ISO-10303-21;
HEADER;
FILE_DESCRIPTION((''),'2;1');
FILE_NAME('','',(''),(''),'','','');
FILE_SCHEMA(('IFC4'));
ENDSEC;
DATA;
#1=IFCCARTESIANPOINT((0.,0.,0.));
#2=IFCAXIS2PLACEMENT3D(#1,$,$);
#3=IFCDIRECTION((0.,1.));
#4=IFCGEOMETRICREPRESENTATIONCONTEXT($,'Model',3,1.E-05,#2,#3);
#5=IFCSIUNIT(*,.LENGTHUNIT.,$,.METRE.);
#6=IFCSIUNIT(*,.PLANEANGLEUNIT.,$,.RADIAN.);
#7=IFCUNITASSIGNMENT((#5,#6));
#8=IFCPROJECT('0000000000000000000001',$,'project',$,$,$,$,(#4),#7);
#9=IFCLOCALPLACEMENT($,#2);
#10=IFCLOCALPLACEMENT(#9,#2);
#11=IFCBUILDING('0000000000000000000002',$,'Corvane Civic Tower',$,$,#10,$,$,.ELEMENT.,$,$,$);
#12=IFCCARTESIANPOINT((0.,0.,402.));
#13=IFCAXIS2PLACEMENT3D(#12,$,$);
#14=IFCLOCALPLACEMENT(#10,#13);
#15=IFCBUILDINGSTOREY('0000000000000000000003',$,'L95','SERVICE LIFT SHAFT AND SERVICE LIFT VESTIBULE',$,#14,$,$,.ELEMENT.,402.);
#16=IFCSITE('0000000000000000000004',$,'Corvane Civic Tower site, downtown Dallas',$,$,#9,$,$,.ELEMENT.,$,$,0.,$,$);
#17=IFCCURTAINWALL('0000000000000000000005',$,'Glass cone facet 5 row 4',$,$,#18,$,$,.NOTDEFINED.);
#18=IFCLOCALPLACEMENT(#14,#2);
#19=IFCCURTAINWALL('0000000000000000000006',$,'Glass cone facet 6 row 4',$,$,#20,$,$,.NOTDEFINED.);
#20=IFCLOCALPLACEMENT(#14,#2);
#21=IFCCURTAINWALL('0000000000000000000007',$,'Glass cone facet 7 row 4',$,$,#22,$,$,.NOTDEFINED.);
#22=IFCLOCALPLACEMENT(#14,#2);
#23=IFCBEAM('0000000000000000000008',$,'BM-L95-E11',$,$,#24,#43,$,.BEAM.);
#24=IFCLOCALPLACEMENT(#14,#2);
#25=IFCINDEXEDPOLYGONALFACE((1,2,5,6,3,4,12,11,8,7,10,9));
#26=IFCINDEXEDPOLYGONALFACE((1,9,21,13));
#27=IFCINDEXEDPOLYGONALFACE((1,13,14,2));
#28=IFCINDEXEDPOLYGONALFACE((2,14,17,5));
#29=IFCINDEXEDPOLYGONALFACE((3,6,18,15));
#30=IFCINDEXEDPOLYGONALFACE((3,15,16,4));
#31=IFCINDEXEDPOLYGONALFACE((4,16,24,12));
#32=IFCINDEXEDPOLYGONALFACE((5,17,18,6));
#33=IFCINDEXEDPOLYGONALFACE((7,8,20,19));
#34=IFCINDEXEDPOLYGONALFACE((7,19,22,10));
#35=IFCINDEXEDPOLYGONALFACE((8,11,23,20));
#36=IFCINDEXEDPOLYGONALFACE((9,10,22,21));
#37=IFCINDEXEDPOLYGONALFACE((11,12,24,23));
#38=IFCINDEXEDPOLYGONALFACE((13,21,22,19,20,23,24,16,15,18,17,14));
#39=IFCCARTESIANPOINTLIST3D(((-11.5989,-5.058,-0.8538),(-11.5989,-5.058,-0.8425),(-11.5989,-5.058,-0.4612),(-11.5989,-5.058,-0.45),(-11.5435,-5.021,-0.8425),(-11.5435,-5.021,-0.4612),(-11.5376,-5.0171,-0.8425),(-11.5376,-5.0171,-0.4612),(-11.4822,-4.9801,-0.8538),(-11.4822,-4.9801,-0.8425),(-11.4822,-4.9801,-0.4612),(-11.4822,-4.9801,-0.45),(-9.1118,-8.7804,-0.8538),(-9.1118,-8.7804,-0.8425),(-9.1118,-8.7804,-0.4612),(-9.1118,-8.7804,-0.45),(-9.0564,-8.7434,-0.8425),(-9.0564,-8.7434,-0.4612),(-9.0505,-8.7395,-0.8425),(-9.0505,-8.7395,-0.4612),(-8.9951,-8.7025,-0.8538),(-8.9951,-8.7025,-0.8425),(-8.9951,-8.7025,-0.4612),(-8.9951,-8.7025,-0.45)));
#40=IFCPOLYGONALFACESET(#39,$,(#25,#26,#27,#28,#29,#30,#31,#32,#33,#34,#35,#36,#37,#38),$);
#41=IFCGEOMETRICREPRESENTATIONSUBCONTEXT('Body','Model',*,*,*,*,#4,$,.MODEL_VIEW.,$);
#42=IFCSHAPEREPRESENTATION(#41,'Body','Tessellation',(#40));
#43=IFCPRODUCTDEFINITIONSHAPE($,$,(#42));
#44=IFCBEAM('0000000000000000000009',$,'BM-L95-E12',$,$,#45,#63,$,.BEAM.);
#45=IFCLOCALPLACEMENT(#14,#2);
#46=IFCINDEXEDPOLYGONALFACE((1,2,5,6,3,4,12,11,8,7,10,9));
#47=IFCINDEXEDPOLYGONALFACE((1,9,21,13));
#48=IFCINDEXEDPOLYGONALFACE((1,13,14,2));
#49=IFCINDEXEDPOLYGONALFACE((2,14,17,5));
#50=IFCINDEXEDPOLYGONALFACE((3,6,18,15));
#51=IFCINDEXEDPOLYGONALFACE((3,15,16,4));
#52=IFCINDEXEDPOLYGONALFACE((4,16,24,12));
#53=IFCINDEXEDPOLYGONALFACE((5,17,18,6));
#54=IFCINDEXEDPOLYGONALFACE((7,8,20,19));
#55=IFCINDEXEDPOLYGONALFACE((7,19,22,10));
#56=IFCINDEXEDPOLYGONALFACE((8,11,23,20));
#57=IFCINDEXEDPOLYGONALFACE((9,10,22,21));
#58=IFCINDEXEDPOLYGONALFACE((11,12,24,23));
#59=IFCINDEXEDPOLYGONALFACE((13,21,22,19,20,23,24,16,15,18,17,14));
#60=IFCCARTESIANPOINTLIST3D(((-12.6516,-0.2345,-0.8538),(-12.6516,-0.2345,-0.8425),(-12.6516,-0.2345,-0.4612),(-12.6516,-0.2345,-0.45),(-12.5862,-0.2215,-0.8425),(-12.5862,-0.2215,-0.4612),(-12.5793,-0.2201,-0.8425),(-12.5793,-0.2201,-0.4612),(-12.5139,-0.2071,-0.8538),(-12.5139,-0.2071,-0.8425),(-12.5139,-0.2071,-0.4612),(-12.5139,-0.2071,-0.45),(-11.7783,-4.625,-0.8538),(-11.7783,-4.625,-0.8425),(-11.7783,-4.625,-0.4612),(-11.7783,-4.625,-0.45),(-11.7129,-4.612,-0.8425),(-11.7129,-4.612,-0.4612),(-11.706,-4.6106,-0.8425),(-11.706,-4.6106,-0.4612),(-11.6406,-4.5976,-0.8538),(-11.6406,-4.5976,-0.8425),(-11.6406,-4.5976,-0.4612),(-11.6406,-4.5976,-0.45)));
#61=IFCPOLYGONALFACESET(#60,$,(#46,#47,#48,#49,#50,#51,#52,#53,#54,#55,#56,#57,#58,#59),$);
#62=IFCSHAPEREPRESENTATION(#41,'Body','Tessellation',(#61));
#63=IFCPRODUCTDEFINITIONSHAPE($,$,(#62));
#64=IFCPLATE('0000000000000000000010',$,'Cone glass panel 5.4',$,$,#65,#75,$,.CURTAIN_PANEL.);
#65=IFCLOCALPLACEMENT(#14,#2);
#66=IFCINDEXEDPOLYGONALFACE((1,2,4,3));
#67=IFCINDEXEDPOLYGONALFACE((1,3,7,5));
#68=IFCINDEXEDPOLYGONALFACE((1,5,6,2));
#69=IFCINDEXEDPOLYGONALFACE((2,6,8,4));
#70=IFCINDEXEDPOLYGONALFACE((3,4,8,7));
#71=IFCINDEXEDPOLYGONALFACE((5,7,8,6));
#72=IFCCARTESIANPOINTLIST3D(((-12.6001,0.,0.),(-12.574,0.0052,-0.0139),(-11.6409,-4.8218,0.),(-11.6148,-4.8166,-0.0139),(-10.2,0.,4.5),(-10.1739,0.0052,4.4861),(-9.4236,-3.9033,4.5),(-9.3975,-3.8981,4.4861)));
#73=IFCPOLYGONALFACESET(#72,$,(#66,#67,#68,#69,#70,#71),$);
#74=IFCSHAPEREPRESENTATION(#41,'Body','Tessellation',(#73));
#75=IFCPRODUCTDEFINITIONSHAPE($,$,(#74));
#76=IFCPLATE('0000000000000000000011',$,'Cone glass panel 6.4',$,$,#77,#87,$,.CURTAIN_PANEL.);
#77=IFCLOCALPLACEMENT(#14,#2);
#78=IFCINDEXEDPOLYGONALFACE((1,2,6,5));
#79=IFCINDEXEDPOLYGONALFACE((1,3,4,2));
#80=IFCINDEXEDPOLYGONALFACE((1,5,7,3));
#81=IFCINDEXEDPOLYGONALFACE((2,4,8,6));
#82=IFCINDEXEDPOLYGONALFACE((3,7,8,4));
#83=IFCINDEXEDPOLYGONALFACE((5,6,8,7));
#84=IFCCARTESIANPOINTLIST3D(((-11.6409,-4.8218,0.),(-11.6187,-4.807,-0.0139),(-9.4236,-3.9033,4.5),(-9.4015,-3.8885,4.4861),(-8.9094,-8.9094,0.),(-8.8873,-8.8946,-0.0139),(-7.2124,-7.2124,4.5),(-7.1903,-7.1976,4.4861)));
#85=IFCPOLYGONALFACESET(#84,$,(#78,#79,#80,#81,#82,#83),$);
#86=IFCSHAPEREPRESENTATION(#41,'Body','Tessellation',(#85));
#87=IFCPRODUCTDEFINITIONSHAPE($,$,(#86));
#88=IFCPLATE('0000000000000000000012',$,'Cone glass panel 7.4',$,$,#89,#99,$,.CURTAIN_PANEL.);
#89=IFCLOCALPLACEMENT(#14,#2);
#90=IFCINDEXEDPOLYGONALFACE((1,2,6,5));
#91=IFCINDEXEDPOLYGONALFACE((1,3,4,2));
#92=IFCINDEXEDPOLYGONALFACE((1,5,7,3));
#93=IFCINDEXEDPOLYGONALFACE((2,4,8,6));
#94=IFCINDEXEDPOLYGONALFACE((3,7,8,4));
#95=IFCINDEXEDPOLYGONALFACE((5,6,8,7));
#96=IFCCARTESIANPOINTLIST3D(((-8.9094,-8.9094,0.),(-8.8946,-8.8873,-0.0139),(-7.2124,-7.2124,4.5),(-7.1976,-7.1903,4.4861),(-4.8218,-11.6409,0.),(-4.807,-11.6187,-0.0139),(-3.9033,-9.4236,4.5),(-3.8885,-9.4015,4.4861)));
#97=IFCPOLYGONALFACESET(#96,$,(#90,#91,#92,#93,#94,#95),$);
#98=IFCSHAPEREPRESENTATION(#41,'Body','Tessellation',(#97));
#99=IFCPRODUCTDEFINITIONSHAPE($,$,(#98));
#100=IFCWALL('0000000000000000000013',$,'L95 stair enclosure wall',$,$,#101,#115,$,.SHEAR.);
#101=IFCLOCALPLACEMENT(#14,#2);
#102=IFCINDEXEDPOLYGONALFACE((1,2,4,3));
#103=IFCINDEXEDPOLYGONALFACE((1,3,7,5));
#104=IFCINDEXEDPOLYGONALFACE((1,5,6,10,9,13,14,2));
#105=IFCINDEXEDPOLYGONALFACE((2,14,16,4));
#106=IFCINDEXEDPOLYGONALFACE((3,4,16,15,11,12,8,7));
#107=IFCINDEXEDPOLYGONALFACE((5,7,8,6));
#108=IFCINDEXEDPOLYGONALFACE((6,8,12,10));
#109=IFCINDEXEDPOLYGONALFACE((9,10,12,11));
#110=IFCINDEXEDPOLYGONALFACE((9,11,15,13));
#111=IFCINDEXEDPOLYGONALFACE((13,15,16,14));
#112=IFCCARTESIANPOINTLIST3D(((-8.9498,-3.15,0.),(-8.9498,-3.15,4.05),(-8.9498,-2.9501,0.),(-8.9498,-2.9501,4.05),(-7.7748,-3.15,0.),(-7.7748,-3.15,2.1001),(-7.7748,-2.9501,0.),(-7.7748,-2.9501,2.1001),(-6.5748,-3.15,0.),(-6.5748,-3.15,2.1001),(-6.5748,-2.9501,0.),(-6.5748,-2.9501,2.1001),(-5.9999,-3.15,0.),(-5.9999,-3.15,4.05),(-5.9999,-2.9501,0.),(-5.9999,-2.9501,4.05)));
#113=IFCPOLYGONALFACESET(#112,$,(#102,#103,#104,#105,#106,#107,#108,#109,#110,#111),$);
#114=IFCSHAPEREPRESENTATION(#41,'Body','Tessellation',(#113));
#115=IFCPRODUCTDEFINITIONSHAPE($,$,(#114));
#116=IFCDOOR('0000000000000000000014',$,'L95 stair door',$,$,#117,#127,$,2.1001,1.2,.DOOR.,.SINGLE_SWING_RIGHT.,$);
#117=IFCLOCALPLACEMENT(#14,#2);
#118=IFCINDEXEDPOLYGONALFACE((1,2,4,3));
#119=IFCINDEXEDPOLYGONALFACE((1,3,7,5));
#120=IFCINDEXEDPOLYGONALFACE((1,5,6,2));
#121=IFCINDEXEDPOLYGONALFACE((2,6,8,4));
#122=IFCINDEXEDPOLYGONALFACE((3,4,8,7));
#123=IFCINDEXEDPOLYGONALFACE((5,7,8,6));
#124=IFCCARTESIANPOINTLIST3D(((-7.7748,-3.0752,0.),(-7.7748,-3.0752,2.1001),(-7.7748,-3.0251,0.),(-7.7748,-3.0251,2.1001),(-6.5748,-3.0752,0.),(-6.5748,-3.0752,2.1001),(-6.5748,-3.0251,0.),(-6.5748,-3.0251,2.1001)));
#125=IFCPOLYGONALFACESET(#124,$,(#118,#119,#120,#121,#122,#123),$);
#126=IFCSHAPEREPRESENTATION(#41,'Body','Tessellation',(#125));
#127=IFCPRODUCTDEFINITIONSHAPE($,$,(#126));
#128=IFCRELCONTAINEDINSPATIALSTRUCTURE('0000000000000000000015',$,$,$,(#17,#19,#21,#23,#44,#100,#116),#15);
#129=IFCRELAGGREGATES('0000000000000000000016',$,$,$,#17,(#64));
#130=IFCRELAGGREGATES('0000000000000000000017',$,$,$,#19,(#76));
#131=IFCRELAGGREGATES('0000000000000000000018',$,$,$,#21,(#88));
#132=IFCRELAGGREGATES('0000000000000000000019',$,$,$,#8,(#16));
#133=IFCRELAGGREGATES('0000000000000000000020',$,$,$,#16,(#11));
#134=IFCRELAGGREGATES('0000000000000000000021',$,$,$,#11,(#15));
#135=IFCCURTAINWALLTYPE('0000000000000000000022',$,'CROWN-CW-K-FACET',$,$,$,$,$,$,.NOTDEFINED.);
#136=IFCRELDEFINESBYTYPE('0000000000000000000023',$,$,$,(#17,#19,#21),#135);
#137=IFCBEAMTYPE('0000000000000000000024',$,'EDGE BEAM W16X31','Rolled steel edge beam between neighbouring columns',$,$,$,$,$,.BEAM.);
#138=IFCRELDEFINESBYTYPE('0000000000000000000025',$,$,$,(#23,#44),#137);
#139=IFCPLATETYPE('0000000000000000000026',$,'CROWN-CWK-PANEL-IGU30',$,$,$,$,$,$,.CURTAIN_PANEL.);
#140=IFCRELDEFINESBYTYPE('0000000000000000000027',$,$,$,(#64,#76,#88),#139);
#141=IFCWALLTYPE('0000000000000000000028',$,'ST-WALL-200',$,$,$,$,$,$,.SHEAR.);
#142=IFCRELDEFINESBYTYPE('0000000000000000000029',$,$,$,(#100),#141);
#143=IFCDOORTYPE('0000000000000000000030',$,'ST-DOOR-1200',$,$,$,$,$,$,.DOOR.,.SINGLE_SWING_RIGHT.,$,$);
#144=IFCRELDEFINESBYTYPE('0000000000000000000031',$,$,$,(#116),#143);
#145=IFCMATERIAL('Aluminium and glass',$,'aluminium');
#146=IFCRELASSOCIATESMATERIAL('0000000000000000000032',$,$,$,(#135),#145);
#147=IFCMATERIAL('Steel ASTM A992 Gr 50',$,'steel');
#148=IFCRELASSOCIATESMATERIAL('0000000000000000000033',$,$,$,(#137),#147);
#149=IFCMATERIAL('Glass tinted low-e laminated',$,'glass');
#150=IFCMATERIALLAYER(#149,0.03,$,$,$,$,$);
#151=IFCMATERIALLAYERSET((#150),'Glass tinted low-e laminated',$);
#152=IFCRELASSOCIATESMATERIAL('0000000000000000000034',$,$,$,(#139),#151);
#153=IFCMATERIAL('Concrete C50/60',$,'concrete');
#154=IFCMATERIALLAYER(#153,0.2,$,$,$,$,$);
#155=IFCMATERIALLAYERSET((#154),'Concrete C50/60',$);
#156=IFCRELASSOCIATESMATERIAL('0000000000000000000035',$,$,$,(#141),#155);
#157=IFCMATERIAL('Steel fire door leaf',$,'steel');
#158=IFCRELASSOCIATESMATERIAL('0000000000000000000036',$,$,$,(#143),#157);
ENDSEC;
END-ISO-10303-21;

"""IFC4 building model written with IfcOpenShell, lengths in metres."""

from ifc_helpers import new_model, si_unit, direction, frame, frame_2d, origin, origin_2d, place, context, subcontext, project, spatial, polyline, rectangle, i_section, outline, extrude, material, layer, layer_set, material_profile, profile_set, type_object, element, fill, aggregate, save


model = new_model("IFC4")

# Units and contexts
model_context = context("Model", 3, precision=1e-05, world=origin(), true_north=direction((0.0, 1.0)))
body_context = subcontext(model_context, "Body", "Model", "MODEL_VIEW")
ifc_project = project(units=[si_unit("LENGTHUNIT", "METRE"), si_unit("PLANEANGLEUNIT", "RADIAN")], contexts=[model_context])

# Site, building, storey
site_placement = place(None, origin())
site = spatial("IfcSite", under=ifc_project, at=site_placement, Name="Corvane Civic Tower site, downtown Dallas", CompositionType="ELEMENT", RefElevation=0.0)
building_placement = place(site_placement, origin())
building = spatial("IfcBuilding", under=site, at=building_placement, Name="Corvane Civic Tower", CompositionType="ELEMENT")
storey_placement = place(building_placement, frame((0.0, 0.0, 402.0)))
storey = spatial("IfcBuildingStorey", under=building, at=storey_placement, Name="L95", Description="SERVICE LIFT SHAFT AND SERVICE LIFT VESTIBULE", CompositionType="ELEMENT", Elevation=402.0)

# Curtain walls
ifc_material_1 = material(Name="Aluminium and glass", Category="aluminium")
curtain_wall_type = type_object("IfcCurtainWallType", Name="CROWN-CW-K-FACET", PredefinedType="NOTDEFINED", material=ifc_material_1)
curtain_wall_1_placement = place(storey_placement, origin())
curtain_wall_1 = element("IfcCurtainWall", 1, at=curtain_wall_1_placement, inside=storey, type_object=curtain_wall_type, Name="Glass cone facet 5 row 4", PredefinedType="NOTDEFINED")
curtain_wall_2_placement = place(storey_placement, origin())
curtain_wall_2 = element("IfcCurtainWall", 2, at=curtain_wall_2_placement, inside=storey, type_object=curtain_wall_type, Name="Glass cone facet 6 row 4", PredefinedType="NOTDEFINED")

# Curtain wall
curtain_wall_3_placement = place(storey_placement, origin())
curtain_wall_3 = element("IfcCurtainWall", 3, at=curtain_wall_3_placement, inside=storey, type_object=curtain_wall_type, Name="Glass cone facet 7 row 4", PredefinedType="NOTDEFINED")

# Beams
ifc_material_2 = material(Name="Steel ASTM A992 Gr 50", Category="steel")
ifc_material_profile_1 = material_profile(ifc_material_2, i_section(OverallWidth=0.1404, OverallDepth=0.4038, WebThickness=0.0071, FlangeThickness=0.0112, at=origin_2d()), Name="W16X31")
ifc_profile_set_1 = profile_set([ifc_material_profile_1], Name="Steel ASTM A992 Gr 50")
beam_type = type_object("IfcBeamType", Name="EDGE BEAM W16X31", Description="Rolled steel edge beam between neighbouring columns", PredefinedType="BEAM", material=ifc_profile_set_1)
beam_1_placement = place(storey_placement, frame((-9.0535, -8.7415, -0.6519), z_axis=(-0.555543, 0.831488, 0.0), x_axis=(-0.831488, -0.555543, 0.0)))
element("IfcBeam", 4, at=beam_1_placement, inside=storey, type_object=beam_type, Name="BM-L95-E11", PredefinedType="BEAM", context=body_context, shape_type="SweptSolid", body=[
    extrude(i_section(OverallWidth=0.1404, OverallDepth=0.4038, WebThickness=0.0071, FlangeThickness=0.0112, at=origin_2d()), origin(), (0.0, 0.0, 1.0), 4.4768),
])
beam_2_placement = place(storey_placement, frame((-11.7095, -4.6113, -0.6519), z_axis=(-0.195078, 0.980788, 0.0), x_axis=(-0.980788, -0.195078, 0.0)))
element("IfcBeam", 5, at=beam_2_placement, inside=storey, type_object=beam_type, Name="BM-L95-E12", PredefinedType="BEAM", context=body_context, shape_type="SweptSolid", body=[
    extrude(i_section(OverallWidth=0.1404, OverallDepth=0.4038, WebThickness=0.0071, FlangeThickness=0.0112, at=origin_2d()), origin(), (0.0, 0.0, 1.0), 4.4766),
])

# Plates
ifc_material_3 = material(Name="Glass tinted low-e laminated", Category="glass")
ifc_layer_1 = layer(ifc_material_3, 0.03)
ifc_layer_set_1 = layer_set([ifc_layer_1], Name="Glass tinted low-e laminated")
plate_type = type_object("IfcPlateType", Name="CROWN-CWK-PANEL-IGU30", PredefinedType="CURTAIN_PANEL", material=ifc_layer_set_1)
plate_1_placement = place(storey_placement, frame((-12.6001, 0.0, 0.0), z_axis=(-0.869063, -0.172874, 0.463513), x_axis=(0.195101, -0.980783, 0.000007)))
plate_1 = element("IfcPlate", 6, at=plate_1_placement, type_object=plate_type, Name="Cone glass panel 5.4", PredefinedType="CURTAIN_PANEL", context=body_context, shape_type="SweptSolid", body=[
    extrude(outline(polyline([(0.0, 0.0), (4.9163, 0.0), (4.4481, 5.0785), (0.4683, 5.0785), (0.0, 0.0)])), origin(), (0.0, 0.0, -1.0), 0.03),
])
aggregate(curtain_wall_1, [plate_1])
plate_2_placement = place(storey_placement, frame((-11.6409, -4.8218, 0.0), z_axis=(-0.73675, -0.492309, 0.463499), x_axis=(0.555593, -0.831454, 0.0)))
plate_2 = element("IfcPlate", 7, at=plate_2_placement, type_object=plate_type, Name="Cone glass panel 6.4", PredefinedType="CURTAIN_PANEL", context=body_context, shape_type="SweptSolid", body=[
    extrude(outline(polyline([(0.0, 0.0), (4.9163, 0.0), (4.4481, 5.0784), (0.4683, 5.0784), (0.0, 0.0)])), origin(), (0.0, 0.0, -1.0), 0.03),
])
aggregate(curtain_wall_2, [plate_2])
plate_3_placement = place(storey_placement, frame((-8.9094, -8.9094, 0.0), z_axis=(-0.492309, -0.73675, 0.463499), x_axis=(0.831454, -0.555593, 0.0)))
plate_3 = element("IfcPlate", 8, at=plate_3_placement, type_object=plate_type, Name="Cone glass panel 7.4", PredefinedType="CURTAIN_PANEL", context=body_context, shape_type="SweptSolid", body=[
    extrude(outline(polyline([(0.0, 0.0), (4.9163, 0.0), (4.448, 5.0784), (0.4681, 5.0784), (0.0, 0.0)])), origin(), (0.0, 0.0, -1.0), 0.03),
])
aggregate(curtain_wall_3, [plate_3])

# Wall, opening, door
ifc_material_4 = material(Name="Concrete C50/60", Category="concrete")
ifc_layer_2 = layer(ifc_material_4, 0.2)
ifc_layer_set_2 = layer_set([ifc_layer_2], Name="Concrete C50/60")
wall_type = type_object("IfcWallType", Name="ST-WALL-200", PredefinedType="SHEAR", material=ifc_layer_set_2)
wall_placement = place(storey_placement, frame((-8.95, -3.05, 0.0), z_axis=(0.0, 0.0, 1.0), x_axis=(1.0, 0.0, 0.0)))
wall = element("IfcWall", 9, at=wall_placement, inside=storey, type_object=wall_type, Name="L95 stair enclosure wall", PredefinedType="SHEAR", context=body_context, shape_type="SweptSolid", body=[
    extrude(rectangle(XDim=2.95, YDim=0.2, at=frame_2d((1.4751, 0.0))), origin(), (0.0, 0.0, 1.0), 4.05),
])
opening_placement = place(wall_placement, frame((1.175, 0.0, 0.0)))
opening = element("IfcOpeningElement", 10, at=opening_placement, cuts=wall, PredefinedType="OPENING", context=body_context, shape_type="SweptSolid", body=[
    extrude(rectangle(XDim=1.2, YDim=2.1001, at=frame_2d((0.6001, 1.05))), frame((0.0, 0.1099, 0.0), z_axis=(0.0, -1.0, 0.0), x_axis=(1.0, 0.0, 0.0)), (0.0, 0.0, 1.0), 0.22),
])
ifc_material_5 = material(Name="Steel fire door leaf", Category="steel")
door_type = type_object("IfcDoorType", Name="ST-DOOR-1200", OperationType="SINGLE_SWING_RIGHT", PredefinedType="DOOR", material=ifc_material_5)
door_placement = place(opening_placement, origin())
door = element("IfcDoor", 11, at=door_placement, inside=storey, type_object=door_type, Name="L95 stair door", OperationType="SINGLE_SWING_RIGHT", OverallHeight=2.1001, OverallWidth=1.2, PredefinedType="DOOR", context=body_context, shape_type="SweptSolid", body=[
    extrude(rectangle(XDim=1.2, YDim=2.1001, at=frame_2d((0.6001, 1.05))), frame((0.0, 0.0249, 0.0), z_axis=(0.0, -1.0, 0.0), x_axis=(1.0, 0.0, 0.0)), (0.0, 0.0, 1.0), 0.05),
])
fill(opening, door)

save(model, "model.ifc")
